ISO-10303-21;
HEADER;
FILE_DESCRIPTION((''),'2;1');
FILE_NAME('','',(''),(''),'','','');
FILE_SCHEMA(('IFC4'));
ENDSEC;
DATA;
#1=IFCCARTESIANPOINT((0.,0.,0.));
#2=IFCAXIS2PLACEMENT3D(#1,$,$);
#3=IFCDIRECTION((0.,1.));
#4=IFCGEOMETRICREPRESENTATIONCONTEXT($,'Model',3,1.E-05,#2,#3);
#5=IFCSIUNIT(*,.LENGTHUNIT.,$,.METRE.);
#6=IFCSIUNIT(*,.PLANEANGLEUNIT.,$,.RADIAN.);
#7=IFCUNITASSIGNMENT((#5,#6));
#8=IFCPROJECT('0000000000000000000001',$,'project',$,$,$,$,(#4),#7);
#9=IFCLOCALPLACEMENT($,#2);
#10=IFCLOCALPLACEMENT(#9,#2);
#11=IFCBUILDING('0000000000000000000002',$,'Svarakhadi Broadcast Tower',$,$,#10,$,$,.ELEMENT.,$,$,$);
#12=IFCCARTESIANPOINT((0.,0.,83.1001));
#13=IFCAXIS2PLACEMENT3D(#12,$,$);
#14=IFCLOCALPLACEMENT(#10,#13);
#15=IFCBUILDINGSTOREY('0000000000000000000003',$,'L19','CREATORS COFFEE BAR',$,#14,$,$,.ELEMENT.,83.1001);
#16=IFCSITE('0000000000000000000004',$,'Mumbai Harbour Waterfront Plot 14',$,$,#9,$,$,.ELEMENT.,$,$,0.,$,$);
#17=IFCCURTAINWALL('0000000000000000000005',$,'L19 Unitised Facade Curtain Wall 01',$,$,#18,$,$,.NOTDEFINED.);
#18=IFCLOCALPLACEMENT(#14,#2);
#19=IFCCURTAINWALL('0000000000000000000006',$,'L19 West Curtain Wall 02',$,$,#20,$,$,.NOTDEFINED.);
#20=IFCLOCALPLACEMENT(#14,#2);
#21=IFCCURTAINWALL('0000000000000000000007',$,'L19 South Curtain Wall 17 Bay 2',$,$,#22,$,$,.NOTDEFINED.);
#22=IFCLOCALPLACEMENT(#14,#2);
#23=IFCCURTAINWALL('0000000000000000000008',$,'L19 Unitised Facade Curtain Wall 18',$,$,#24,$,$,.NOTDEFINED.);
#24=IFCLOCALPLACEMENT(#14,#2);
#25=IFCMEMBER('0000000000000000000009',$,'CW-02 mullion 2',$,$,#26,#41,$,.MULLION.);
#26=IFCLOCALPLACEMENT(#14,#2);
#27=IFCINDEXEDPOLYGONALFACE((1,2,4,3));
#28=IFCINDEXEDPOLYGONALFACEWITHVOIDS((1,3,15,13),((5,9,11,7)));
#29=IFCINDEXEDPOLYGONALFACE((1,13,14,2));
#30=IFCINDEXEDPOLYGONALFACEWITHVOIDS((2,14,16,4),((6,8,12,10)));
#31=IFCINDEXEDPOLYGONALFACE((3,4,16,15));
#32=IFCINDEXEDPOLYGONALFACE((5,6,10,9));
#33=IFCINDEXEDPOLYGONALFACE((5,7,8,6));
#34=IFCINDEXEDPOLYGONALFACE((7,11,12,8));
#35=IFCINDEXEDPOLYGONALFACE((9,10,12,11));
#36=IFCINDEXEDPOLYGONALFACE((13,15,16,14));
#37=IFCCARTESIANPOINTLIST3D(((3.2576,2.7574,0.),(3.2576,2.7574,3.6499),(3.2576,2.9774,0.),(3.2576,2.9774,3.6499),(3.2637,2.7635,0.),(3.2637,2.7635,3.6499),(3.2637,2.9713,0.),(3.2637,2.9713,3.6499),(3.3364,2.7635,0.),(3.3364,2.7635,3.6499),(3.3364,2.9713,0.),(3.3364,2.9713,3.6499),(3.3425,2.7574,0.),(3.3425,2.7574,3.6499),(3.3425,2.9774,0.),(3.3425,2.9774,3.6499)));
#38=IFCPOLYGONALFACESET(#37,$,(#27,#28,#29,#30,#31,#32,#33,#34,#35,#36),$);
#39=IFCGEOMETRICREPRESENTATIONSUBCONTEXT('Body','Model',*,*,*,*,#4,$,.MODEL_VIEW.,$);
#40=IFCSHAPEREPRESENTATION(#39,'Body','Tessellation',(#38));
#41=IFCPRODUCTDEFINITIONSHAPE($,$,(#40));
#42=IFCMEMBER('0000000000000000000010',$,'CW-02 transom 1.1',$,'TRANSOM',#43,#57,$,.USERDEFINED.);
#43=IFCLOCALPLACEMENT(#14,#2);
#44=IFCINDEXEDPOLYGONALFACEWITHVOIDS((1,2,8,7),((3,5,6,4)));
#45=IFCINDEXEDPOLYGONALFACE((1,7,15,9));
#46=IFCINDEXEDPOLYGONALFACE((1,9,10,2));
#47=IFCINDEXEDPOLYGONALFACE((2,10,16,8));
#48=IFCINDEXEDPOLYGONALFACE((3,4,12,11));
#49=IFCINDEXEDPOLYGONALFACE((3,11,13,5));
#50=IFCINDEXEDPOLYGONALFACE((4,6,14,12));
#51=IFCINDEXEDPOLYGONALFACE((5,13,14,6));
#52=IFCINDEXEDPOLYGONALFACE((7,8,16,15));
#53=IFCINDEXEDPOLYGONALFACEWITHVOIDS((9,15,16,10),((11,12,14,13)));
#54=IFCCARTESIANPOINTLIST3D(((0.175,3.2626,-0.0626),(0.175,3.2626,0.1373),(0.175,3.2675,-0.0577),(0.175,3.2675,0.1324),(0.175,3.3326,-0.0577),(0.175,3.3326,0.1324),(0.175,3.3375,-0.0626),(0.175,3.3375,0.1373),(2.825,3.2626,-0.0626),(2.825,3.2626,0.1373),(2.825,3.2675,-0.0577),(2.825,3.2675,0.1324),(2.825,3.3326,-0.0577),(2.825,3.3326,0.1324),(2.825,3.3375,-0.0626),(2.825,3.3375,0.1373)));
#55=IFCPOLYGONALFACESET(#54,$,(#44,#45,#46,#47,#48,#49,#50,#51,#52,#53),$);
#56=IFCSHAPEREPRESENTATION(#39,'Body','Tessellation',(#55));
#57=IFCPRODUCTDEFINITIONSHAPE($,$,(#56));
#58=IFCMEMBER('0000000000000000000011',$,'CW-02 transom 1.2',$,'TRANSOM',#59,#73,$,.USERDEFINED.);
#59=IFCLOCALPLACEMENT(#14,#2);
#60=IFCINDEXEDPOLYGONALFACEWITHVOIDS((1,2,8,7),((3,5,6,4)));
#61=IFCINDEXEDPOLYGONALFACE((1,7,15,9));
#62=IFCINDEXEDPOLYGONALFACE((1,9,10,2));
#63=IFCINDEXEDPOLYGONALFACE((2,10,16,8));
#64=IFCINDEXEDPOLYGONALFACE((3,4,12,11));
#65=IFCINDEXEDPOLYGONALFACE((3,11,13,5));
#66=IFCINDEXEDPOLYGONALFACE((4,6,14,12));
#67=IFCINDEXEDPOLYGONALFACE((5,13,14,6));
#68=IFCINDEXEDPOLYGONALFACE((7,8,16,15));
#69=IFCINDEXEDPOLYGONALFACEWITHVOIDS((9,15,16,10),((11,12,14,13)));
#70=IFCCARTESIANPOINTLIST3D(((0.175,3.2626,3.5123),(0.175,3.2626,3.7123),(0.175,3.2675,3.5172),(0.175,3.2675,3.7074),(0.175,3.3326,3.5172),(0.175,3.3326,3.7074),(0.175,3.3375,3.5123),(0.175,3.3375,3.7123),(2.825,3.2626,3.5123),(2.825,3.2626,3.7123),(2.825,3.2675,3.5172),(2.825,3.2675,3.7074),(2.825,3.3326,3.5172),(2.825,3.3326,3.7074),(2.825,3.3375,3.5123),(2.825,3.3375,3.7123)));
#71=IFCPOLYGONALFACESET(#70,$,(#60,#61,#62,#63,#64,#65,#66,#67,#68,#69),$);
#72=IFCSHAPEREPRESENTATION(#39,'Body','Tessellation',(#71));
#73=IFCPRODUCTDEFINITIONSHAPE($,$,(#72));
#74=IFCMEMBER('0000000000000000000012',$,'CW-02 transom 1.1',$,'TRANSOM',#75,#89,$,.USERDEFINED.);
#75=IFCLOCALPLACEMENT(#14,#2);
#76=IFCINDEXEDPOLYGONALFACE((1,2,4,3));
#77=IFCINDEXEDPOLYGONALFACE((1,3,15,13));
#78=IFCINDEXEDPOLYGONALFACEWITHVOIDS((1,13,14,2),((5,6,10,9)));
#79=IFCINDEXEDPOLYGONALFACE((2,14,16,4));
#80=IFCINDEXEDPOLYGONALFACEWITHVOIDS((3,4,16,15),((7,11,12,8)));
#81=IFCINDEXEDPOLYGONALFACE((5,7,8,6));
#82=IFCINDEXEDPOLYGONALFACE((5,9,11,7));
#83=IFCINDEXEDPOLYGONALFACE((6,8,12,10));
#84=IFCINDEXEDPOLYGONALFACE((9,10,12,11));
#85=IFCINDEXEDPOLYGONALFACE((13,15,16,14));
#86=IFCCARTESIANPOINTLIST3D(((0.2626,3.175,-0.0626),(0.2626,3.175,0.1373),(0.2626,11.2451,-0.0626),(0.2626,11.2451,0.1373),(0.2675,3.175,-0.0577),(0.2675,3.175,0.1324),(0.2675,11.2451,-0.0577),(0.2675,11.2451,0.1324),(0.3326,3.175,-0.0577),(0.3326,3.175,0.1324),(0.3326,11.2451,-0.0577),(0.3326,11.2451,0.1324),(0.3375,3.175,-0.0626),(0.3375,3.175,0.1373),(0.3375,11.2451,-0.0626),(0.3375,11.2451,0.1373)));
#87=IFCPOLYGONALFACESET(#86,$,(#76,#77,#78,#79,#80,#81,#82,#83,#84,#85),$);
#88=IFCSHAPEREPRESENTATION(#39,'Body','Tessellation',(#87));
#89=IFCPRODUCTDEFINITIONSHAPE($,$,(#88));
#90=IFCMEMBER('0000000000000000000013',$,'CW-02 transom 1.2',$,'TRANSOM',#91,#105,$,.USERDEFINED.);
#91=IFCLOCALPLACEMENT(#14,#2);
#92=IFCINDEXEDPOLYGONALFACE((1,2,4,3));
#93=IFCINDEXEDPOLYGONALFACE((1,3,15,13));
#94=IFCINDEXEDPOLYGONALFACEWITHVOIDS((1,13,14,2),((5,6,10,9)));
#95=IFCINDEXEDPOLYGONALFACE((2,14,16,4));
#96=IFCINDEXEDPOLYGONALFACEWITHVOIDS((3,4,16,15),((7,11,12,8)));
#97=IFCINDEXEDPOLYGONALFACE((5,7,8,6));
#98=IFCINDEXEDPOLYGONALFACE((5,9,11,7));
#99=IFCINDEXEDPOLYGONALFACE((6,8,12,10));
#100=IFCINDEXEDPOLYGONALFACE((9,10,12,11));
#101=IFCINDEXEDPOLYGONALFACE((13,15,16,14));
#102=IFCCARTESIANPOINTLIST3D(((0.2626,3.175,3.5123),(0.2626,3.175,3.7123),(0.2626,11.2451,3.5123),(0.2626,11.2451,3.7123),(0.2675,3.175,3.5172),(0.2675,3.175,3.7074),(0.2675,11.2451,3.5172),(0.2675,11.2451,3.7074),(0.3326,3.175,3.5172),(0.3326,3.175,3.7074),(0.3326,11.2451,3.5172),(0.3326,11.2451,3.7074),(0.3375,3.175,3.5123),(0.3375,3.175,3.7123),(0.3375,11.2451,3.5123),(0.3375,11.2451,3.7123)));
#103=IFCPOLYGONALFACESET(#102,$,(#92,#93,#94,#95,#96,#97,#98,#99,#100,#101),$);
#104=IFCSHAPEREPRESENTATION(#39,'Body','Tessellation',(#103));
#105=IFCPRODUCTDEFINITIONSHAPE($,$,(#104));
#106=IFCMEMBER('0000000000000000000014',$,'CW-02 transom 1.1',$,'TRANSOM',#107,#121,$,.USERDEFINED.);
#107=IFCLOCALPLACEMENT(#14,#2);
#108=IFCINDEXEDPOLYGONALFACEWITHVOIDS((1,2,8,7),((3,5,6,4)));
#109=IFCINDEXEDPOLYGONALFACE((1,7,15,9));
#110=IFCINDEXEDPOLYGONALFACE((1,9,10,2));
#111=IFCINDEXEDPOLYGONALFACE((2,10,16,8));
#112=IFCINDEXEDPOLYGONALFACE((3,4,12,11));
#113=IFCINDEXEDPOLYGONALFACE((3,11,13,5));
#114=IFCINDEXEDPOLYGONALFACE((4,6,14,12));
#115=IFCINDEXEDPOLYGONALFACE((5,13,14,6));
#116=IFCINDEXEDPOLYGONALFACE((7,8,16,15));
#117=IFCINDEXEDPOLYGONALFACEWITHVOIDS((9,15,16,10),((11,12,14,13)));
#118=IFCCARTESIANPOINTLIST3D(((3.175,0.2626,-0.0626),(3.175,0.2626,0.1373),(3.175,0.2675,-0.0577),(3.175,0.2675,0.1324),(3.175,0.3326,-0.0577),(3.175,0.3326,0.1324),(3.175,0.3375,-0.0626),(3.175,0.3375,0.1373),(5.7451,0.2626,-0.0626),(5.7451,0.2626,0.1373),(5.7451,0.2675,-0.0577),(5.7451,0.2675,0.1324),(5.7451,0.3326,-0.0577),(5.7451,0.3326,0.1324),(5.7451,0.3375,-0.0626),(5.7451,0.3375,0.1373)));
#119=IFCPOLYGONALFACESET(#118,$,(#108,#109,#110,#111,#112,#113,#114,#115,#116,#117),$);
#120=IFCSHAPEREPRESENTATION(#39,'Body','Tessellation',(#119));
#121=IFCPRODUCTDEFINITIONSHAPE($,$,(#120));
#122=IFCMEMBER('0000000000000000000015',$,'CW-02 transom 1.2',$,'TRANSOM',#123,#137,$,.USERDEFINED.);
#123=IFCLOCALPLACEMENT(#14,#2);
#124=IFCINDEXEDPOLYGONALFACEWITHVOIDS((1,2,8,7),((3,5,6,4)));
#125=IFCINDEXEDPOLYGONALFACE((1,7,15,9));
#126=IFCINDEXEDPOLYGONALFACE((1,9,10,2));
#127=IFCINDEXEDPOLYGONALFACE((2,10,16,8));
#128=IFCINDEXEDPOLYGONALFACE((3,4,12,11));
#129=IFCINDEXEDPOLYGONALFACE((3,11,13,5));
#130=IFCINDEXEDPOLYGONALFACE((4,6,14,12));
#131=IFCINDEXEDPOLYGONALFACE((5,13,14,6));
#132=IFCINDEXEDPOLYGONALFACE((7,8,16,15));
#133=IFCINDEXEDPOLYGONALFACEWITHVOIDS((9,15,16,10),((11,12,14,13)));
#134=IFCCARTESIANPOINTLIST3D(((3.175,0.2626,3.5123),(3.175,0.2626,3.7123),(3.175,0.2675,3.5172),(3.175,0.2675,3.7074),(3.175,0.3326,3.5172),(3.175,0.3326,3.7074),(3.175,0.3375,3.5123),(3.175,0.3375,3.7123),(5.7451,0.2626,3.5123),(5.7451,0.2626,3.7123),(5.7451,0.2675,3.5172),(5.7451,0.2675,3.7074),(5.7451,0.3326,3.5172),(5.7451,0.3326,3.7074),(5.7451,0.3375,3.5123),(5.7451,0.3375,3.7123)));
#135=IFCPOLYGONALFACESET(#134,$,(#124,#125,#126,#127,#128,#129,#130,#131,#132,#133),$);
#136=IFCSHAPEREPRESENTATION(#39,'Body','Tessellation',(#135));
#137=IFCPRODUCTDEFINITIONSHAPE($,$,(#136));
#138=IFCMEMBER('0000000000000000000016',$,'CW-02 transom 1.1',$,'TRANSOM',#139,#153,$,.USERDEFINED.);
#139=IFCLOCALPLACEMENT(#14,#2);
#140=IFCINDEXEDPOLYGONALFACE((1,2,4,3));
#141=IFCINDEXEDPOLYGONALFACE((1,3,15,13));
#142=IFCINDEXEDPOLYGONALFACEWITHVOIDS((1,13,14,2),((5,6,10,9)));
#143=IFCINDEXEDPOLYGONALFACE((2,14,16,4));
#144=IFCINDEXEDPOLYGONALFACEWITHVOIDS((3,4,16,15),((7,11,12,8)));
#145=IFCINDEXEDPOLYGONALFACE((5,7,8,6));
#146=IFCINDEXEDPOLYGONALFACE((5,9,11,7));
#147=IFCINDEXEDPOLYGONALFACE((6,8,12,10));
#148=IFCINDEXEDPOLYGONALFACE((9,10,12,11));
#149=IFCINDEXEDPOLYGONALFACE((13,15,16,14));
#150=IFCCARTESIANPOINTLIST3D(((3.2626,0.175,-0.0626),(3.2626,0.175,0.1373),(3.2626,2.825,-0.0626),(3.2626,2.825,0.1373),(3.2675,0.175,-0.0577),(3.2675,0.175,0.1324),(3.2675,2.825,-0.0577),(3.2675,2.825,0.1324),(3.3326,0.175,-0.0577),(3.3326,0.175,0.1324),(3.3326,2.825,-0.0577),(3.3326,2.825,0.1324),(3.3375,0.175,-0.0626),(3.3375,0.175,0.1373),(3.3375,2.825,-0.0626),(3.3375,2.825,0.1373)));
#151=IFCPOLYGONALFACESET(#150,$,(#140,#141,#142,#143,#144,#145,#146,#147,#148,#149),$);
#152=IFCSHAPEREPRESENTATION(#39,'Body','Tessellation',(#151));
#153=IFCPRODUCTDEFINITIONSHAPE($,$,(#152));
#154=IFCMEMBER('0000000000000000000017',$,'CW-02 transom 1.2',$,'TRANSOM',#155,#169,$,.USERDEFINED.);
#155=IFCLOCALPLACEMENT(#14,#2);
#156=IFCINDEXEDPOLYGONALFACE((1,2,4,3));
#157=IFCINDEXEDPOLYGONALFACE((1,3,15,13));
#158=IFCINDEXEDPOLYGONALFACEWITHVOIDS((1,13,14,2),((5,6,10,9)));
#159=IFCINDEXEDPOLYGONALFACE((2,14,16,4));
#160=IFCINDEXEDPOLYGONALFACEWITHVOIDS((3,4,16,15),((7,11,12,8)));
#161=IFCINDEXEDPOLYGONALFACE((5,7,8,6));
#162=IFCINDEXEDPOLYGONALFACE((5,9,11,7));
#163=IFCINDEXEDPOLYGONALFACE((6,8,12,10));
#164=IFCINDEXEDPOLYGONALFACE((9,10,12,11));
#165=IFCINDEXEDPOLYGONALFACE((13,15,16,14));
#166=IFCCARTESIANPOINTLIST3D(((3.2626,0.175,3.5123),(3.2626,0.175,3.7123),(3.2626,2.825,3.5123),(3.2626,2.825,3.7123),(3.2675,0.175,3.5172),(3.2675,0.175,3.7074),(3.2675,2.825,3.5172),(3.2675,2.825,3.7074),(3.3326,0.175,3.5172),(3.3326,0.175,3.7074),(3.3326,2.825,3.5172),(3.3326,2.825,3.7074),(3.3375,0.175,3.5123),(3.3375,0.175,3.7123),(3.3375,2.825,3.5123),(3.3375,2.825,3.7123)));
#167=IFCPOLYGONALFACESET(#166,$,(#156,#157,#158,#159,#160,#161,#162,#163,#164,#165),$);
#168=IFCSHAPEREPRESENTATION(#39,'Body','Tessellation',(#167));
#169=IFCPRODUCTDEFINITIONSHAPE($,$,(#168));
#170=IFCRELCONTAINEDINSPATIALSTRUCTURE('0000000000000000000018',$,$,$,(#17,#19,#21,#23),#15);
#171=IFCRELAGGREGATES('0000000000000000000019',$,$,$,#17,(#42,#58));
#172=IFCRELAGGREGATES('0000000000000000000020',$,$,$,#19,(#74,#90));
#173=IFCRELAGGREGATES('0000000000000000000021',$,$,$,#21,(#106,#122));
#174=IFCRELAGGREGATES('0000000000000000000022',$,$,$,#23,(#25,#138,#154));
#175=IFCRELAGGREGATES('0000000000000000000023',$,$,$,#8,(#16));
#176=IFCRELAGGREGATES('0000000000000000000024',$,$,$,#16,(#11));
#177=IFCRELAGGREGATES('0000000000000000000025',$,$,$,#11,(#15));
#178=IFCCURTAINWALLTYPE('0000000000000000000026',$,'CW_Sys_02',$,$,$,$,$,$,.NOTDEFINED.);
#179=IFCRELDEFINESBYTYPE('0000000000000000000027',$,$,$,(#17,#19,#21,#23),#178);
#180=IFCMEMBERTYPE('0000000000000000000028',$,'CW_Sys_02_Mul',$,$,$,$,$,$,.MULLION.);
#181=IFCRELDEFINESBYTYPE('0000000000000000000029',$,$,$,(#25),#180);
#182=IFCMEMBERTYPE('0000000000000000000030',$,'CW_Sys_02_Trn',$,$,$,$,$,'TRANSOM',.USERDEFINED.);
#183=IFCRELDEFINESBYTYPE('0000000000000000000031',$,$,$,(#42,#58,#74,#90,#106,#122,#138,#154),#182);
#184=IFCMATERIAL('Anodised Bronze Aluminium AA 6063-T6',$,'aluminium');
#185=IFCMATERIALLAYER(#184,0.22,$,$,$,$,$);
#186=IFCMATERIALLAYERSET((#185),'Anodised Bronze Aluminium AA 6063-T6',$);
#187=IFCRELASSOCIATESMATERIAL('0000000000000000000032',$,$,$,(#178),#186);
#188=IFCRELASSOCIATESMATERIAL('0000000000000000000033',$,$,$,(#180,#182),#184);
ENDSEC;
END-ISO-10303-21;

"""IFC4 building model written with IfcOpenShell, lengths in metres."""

from ifc_helpers import new_model, si_unit, direction, frame, origin, origin_2d, place, context, subcontext, project, spatial, hollow_rectangle, extrude, material, layer, layer_set, material_profile, profile_set, type_object, element, aggregate, save


model = new_model("IFC4")

# Units and contexts
model_context = context("Model", 3, precision=1e-05, world=origin(), true_north=direction((0.0, 1.0)))
body_context = subcontext(model_context, "Body", "Model", "MODEL_VIEW")
ifc_project = project(units=[si_unit("LENGTHUNIT", "METRE"), si_unit("PLANEANGLEUNIT", "RADIAN")], contexts=[model_context])

# Site, building, storey
site_placement = place(None, origin())
site = spatial("IfcSite", under=ifc_project, at=site_placement, Name="Mumbai Harbour Waterfront Plot 14", CompositionType="ELEMENT", RefElevation=0.0)
building_placement = place(site_placement, origin())
building = spatial("IfcBuilding", under=site, at=building_placement, Name="Svarakhadi Broadcast Tower", CompositionType="ELEMENT")
storey_placement = place(building_placement, frame((0.0, 0.0, 83.1001)))
storey = spatial("IfcBuildingStorey", under=building, at=storey_placement, Name="L19", Description="CREATORS COFFEE BAR", CompositionType="ELEMENT", Elevation=83.1001)

# Curtain wall
ifc_material_1 = material(Name="Anodised Bronze Aluminium AA 6063-T6", Category="aluminium")
ifc_layer_1 = layer(ifc_material_1, 0.22)
ifc_layer_set_1 = layer_set([ifc_layer_1], Name="Anodised Bronze Aluminium AA 6063-T6")
curtain_wall_type = type_object("IfcCurtainWallType", Name="CW_Sys_02", PredefinedType="NOTDEFINED", material=ifc_layer_set_1)
curtain_wall_1_placement = place(storey_placement, origin())
curtain_wall_1 = element("IfcCurtainWall", 1, at=curtain_wall_1_placement, inside=storey, type_object=curtain_wall_type, Name="L19 Unitised Facade Curtain Wall 01", PredefinedType="NOTDEFINED")
ifc_material_profile_1 = material_profile(ifc_material_1, hollow_rectangle(XDim=0.085, YDim=0.22, WallThickness=0.0061, at=origin_2d()), Name="ALU MULLION 220x85x6")
ifc_profile_set_1 = profile_set([ifc_material_profile_1], Name="Anodised Bronze Aluminium AA 6063-T6")
member_type_1 = type_object("IfcMemberType", Name="CW_Sys_02_Mul", PredefinedType="MULLION", material=ifc_profile_set_1)

# Curtain wall
curtain_wall_2_placement = place(storey_placement, origin())
curtain_wall_2 = element("IfcCurtainWall", 2, at=curtain_wall_2_placement, inside=storey, type_object=curtain_wall_type, Name="L19 West Curtain Wall 02", PredefinedType="NOTDEFINED")

# Curtain walls, member
curtain_wall_3_placement = place(storey_placement, origin())
curtain_wall_3 = element("IfcCurtainWall", 3, at=curtain_wall_3_placement, inside=storey, type_object=curtain_wall_type, Name="L19 South Curtain Wall 17 Bay 2", PredefinedType="NOTDEFINED")
curtain_wall_4_placement = place(storey_placement, origin())
curtain_wall_4 = element("IfcCurtainWall", 4, at=curtain_wall_4_placement, inside=storey, type_object=curtain_wall_type, Name="L19 Unitised Facade Curtain Wall 18", PredefinedType="NOTDEFINED")
member_1_placement = place(storey_placement, frame((3.3, 2.8674, 0.0), z_axis=(0.0, 0.0, 1.0), x_axis=(-1.0, 0.0, 0.0)))
member_1 = element("IfcMember", 5, at=member_1_placement, type_object=member_type_1, Name="CW-02 mullion 2", PredefinedType="MULLION", context=body_context, shape_type="SweptSolid", body=[
    extrude(hollow_rectangle(XDim=0.085, YDim=0.22, WallThickness=0.0061, at=origin_2d()), origin(), (0.0, 0.0, 1.0), 3.6499),
])

# Members
ifc_material_profile_2 = material_profile(ifc_material_1, hollow_rectangle(XDim=0.075, YDim=0.2, WallThickness=0.0049, at=origin_2d()), Name="ALU TRANSOM 200x75x5")
ifc_profile_set_2 = profile_set([ifc_material_profile_2], Name="Anodised Bronze Aluminium AA 6063-T6")
member_type_2 = type_object("IfcMemberType", Name="CW_Sys_02_Trn", ElementType="TRANSOM", PredefinedType="USERDEFINED", material=ifc_profile_set_2)
member_2_placement = place(storey_placement, frame((2.825, 3.3, 0.0374), z_axis=(-1.0, 0.0, 0.0), x_axis=(0.0, -1.0, 0.0)))
member_2 = element("IfcMember", 6, at=member_2_placement, type_object=member_type_2, Name="CW-02 transom 1.1", ObjectType="TRANSOM", PredefinedType="USERDEFINED", context=body_context, shape_type="SweptSolid", body=[
    extrude(hollow_rectangle(XDim=0.075, YDim=0.2, WallThickness=0.0049, at=origin_2d()), origin(), (0.0, 0.0, 1.0), 2.6499),
])
member_3_placement = place(storey_placement, frame((2.825, 3.3, 3.6123), z_axis=(-1.0, 0.0, 0.0), x_axis=(0.0, -1.0, 0.0)))
member_3 = element("IfcMember", 7, at=member_3_placement, type_object=member_type_2, Name="CW-02 transom 1.2", ObjectType="TRANSOM", PredefinedType="USERDEFINED", context=body_context, shape_type="SweptSolid", body=[
    extrude(hollow_rectangle(XDim=0.075, YDim=0.2, WallThickness=0.0049, at=origin_2d()), origin(), (0.0, 0.0, 1.0), 2.6499),
])
member_4_placement = place(storey_placement, frame((0.3, 3.175, 0.0374), z_axis=(0.0, 1.0, 0.0), x_axis=(-1.0, 0.0, 0.0)))
member_4 = element("IfcMember", 8, at=member_4_placement, type_object=member_type_2, Name="CW-02 transom 1.1", ObjectType="TRANSOM", PredefinedType="USERDEFINED", context=body_context, shape_type="SweptSolid", body=[
    extrude(hollow_rectangle(XDim=0.075, YDim=0.2, WallThickness=0.0049, at=origin_2d()), origin(), (0.0, 0.0, 1.0), 8.0701),
])
member_5_placement = place(storey_placement, frame((0.3, 3.175, 3.6123), z_axis=(0.0, 1.0, 0.0), x_axis=(-1.0, 0.0, 0.0)))
member_5 = element("IfcMember", 9, at=member_5_placement, type_object=member_type_2, Name="CW-02 transom 1.2", ObjectType="TRANSOM", PredefinedType="USERDEFINED", context=body_context, shape_type="SweptSolid", body=[
    extrude(hollow_rectangle(XDim=0.075, YDim=0.2, WallThickness=0.0049, at=origin_2d()), origin(), (0.0, 0.0, 1.0), 8.0701),
])
member_6_placement = place(storey_placement, frame((5.7451, 0.3, 0.0374), z_axis=(-1.0, 0.0, 0.0), x_axis=(0.0, -1.0, 0.0)))
member_6 = element("IfcMember", 10, at=member_6_placement, type_object=member_type_2, Name="CW-02 transom 1.1", ObjectType="TRANSOM", PredefinedType="USERDEFINED", context=body_context, shape_type="SweptSolid", body=[
    extrude(hollow_rectangle(XDim=0.075, YDim=0.2, WallThickness=0.0049, at=origin_2d()), origin(), (0.0, 0.0, 1.0), 2.5701),
])
member_7_placement = place(storey_placement, frame((5.7451, 0.3, 3.6123), z_axis=(-1.0, 0.0, 0.0), x_axis=(0.0, -1.0, 0.0)))
member_7 = element("IfcMember", 11, at=member_7_placement, type_object=member_type_2, Name="CW-02 transom 1.2", ObjectType="TRANSOM", PredefinedType="USERDEFINED", context=body_context, shape_type="SweptSolid", body=[
    extrude(hollow_rectangle(XDim=0.075, YDim=0.2, WallThickness=0.0049, at=origin_2d()), origin(), (0.0, 0.0, 1.0), 2.5701),
])
member_8_placement = place(storey_placement, frame((3.3, 0.175, 0.0374), z_axis=(0.0, 1.0, 0.0), x_axis=(-1.0, 0.0, 0.0)))
member_8 = element("IfcMember", 12, at=member_8_placement, type_object=member_type_2, Name="CW-02 transom 1.1", ObjectType="TRANSOM", PredefinedType="USERDEFINED", context=body_context, shape_type="SweptSolid", body=[
    extrude(hollow_rectangle(XDim=0.075, YDim=0.2, WallThickness=0.0049, at=origin_2d()), origin(), (0.0, 0.0, 1.0), 2.6499),
])
member_9_placement = place(storey_placement, frame((3.3, 0.175, 3.6123), z_axis=(0.0, 1.0, 0.0), x_axis=(-1.0, 0.0, 0.0)))
member_9 = element("IfcMember", 13, at=member_9_placement, type_object=member_type_2, Name="CW-02 transom 1.2", ObjectType="TRANSOM", PredefinedType="USERDEFINED", context=body_context, shape_type="SweptSolid", body=[
    extrude(hollow_rectangle(XDim=0.075, YDim=0.2, WallThickness=0.0049, at=origin_2d()), origin(), (0.0, 0.0, 1.0), 2.6499),
])

aggregate(curtain_wall_1, [member_2, member_3])
aggregate(curtain_wall_2, [member_4, member_5])
aggregate(curtain_wall_3, [member_6, member_7])
aggregate(curtain_wall_4, [member_1, member_8, member_9])

save(model, "model.ifc")
